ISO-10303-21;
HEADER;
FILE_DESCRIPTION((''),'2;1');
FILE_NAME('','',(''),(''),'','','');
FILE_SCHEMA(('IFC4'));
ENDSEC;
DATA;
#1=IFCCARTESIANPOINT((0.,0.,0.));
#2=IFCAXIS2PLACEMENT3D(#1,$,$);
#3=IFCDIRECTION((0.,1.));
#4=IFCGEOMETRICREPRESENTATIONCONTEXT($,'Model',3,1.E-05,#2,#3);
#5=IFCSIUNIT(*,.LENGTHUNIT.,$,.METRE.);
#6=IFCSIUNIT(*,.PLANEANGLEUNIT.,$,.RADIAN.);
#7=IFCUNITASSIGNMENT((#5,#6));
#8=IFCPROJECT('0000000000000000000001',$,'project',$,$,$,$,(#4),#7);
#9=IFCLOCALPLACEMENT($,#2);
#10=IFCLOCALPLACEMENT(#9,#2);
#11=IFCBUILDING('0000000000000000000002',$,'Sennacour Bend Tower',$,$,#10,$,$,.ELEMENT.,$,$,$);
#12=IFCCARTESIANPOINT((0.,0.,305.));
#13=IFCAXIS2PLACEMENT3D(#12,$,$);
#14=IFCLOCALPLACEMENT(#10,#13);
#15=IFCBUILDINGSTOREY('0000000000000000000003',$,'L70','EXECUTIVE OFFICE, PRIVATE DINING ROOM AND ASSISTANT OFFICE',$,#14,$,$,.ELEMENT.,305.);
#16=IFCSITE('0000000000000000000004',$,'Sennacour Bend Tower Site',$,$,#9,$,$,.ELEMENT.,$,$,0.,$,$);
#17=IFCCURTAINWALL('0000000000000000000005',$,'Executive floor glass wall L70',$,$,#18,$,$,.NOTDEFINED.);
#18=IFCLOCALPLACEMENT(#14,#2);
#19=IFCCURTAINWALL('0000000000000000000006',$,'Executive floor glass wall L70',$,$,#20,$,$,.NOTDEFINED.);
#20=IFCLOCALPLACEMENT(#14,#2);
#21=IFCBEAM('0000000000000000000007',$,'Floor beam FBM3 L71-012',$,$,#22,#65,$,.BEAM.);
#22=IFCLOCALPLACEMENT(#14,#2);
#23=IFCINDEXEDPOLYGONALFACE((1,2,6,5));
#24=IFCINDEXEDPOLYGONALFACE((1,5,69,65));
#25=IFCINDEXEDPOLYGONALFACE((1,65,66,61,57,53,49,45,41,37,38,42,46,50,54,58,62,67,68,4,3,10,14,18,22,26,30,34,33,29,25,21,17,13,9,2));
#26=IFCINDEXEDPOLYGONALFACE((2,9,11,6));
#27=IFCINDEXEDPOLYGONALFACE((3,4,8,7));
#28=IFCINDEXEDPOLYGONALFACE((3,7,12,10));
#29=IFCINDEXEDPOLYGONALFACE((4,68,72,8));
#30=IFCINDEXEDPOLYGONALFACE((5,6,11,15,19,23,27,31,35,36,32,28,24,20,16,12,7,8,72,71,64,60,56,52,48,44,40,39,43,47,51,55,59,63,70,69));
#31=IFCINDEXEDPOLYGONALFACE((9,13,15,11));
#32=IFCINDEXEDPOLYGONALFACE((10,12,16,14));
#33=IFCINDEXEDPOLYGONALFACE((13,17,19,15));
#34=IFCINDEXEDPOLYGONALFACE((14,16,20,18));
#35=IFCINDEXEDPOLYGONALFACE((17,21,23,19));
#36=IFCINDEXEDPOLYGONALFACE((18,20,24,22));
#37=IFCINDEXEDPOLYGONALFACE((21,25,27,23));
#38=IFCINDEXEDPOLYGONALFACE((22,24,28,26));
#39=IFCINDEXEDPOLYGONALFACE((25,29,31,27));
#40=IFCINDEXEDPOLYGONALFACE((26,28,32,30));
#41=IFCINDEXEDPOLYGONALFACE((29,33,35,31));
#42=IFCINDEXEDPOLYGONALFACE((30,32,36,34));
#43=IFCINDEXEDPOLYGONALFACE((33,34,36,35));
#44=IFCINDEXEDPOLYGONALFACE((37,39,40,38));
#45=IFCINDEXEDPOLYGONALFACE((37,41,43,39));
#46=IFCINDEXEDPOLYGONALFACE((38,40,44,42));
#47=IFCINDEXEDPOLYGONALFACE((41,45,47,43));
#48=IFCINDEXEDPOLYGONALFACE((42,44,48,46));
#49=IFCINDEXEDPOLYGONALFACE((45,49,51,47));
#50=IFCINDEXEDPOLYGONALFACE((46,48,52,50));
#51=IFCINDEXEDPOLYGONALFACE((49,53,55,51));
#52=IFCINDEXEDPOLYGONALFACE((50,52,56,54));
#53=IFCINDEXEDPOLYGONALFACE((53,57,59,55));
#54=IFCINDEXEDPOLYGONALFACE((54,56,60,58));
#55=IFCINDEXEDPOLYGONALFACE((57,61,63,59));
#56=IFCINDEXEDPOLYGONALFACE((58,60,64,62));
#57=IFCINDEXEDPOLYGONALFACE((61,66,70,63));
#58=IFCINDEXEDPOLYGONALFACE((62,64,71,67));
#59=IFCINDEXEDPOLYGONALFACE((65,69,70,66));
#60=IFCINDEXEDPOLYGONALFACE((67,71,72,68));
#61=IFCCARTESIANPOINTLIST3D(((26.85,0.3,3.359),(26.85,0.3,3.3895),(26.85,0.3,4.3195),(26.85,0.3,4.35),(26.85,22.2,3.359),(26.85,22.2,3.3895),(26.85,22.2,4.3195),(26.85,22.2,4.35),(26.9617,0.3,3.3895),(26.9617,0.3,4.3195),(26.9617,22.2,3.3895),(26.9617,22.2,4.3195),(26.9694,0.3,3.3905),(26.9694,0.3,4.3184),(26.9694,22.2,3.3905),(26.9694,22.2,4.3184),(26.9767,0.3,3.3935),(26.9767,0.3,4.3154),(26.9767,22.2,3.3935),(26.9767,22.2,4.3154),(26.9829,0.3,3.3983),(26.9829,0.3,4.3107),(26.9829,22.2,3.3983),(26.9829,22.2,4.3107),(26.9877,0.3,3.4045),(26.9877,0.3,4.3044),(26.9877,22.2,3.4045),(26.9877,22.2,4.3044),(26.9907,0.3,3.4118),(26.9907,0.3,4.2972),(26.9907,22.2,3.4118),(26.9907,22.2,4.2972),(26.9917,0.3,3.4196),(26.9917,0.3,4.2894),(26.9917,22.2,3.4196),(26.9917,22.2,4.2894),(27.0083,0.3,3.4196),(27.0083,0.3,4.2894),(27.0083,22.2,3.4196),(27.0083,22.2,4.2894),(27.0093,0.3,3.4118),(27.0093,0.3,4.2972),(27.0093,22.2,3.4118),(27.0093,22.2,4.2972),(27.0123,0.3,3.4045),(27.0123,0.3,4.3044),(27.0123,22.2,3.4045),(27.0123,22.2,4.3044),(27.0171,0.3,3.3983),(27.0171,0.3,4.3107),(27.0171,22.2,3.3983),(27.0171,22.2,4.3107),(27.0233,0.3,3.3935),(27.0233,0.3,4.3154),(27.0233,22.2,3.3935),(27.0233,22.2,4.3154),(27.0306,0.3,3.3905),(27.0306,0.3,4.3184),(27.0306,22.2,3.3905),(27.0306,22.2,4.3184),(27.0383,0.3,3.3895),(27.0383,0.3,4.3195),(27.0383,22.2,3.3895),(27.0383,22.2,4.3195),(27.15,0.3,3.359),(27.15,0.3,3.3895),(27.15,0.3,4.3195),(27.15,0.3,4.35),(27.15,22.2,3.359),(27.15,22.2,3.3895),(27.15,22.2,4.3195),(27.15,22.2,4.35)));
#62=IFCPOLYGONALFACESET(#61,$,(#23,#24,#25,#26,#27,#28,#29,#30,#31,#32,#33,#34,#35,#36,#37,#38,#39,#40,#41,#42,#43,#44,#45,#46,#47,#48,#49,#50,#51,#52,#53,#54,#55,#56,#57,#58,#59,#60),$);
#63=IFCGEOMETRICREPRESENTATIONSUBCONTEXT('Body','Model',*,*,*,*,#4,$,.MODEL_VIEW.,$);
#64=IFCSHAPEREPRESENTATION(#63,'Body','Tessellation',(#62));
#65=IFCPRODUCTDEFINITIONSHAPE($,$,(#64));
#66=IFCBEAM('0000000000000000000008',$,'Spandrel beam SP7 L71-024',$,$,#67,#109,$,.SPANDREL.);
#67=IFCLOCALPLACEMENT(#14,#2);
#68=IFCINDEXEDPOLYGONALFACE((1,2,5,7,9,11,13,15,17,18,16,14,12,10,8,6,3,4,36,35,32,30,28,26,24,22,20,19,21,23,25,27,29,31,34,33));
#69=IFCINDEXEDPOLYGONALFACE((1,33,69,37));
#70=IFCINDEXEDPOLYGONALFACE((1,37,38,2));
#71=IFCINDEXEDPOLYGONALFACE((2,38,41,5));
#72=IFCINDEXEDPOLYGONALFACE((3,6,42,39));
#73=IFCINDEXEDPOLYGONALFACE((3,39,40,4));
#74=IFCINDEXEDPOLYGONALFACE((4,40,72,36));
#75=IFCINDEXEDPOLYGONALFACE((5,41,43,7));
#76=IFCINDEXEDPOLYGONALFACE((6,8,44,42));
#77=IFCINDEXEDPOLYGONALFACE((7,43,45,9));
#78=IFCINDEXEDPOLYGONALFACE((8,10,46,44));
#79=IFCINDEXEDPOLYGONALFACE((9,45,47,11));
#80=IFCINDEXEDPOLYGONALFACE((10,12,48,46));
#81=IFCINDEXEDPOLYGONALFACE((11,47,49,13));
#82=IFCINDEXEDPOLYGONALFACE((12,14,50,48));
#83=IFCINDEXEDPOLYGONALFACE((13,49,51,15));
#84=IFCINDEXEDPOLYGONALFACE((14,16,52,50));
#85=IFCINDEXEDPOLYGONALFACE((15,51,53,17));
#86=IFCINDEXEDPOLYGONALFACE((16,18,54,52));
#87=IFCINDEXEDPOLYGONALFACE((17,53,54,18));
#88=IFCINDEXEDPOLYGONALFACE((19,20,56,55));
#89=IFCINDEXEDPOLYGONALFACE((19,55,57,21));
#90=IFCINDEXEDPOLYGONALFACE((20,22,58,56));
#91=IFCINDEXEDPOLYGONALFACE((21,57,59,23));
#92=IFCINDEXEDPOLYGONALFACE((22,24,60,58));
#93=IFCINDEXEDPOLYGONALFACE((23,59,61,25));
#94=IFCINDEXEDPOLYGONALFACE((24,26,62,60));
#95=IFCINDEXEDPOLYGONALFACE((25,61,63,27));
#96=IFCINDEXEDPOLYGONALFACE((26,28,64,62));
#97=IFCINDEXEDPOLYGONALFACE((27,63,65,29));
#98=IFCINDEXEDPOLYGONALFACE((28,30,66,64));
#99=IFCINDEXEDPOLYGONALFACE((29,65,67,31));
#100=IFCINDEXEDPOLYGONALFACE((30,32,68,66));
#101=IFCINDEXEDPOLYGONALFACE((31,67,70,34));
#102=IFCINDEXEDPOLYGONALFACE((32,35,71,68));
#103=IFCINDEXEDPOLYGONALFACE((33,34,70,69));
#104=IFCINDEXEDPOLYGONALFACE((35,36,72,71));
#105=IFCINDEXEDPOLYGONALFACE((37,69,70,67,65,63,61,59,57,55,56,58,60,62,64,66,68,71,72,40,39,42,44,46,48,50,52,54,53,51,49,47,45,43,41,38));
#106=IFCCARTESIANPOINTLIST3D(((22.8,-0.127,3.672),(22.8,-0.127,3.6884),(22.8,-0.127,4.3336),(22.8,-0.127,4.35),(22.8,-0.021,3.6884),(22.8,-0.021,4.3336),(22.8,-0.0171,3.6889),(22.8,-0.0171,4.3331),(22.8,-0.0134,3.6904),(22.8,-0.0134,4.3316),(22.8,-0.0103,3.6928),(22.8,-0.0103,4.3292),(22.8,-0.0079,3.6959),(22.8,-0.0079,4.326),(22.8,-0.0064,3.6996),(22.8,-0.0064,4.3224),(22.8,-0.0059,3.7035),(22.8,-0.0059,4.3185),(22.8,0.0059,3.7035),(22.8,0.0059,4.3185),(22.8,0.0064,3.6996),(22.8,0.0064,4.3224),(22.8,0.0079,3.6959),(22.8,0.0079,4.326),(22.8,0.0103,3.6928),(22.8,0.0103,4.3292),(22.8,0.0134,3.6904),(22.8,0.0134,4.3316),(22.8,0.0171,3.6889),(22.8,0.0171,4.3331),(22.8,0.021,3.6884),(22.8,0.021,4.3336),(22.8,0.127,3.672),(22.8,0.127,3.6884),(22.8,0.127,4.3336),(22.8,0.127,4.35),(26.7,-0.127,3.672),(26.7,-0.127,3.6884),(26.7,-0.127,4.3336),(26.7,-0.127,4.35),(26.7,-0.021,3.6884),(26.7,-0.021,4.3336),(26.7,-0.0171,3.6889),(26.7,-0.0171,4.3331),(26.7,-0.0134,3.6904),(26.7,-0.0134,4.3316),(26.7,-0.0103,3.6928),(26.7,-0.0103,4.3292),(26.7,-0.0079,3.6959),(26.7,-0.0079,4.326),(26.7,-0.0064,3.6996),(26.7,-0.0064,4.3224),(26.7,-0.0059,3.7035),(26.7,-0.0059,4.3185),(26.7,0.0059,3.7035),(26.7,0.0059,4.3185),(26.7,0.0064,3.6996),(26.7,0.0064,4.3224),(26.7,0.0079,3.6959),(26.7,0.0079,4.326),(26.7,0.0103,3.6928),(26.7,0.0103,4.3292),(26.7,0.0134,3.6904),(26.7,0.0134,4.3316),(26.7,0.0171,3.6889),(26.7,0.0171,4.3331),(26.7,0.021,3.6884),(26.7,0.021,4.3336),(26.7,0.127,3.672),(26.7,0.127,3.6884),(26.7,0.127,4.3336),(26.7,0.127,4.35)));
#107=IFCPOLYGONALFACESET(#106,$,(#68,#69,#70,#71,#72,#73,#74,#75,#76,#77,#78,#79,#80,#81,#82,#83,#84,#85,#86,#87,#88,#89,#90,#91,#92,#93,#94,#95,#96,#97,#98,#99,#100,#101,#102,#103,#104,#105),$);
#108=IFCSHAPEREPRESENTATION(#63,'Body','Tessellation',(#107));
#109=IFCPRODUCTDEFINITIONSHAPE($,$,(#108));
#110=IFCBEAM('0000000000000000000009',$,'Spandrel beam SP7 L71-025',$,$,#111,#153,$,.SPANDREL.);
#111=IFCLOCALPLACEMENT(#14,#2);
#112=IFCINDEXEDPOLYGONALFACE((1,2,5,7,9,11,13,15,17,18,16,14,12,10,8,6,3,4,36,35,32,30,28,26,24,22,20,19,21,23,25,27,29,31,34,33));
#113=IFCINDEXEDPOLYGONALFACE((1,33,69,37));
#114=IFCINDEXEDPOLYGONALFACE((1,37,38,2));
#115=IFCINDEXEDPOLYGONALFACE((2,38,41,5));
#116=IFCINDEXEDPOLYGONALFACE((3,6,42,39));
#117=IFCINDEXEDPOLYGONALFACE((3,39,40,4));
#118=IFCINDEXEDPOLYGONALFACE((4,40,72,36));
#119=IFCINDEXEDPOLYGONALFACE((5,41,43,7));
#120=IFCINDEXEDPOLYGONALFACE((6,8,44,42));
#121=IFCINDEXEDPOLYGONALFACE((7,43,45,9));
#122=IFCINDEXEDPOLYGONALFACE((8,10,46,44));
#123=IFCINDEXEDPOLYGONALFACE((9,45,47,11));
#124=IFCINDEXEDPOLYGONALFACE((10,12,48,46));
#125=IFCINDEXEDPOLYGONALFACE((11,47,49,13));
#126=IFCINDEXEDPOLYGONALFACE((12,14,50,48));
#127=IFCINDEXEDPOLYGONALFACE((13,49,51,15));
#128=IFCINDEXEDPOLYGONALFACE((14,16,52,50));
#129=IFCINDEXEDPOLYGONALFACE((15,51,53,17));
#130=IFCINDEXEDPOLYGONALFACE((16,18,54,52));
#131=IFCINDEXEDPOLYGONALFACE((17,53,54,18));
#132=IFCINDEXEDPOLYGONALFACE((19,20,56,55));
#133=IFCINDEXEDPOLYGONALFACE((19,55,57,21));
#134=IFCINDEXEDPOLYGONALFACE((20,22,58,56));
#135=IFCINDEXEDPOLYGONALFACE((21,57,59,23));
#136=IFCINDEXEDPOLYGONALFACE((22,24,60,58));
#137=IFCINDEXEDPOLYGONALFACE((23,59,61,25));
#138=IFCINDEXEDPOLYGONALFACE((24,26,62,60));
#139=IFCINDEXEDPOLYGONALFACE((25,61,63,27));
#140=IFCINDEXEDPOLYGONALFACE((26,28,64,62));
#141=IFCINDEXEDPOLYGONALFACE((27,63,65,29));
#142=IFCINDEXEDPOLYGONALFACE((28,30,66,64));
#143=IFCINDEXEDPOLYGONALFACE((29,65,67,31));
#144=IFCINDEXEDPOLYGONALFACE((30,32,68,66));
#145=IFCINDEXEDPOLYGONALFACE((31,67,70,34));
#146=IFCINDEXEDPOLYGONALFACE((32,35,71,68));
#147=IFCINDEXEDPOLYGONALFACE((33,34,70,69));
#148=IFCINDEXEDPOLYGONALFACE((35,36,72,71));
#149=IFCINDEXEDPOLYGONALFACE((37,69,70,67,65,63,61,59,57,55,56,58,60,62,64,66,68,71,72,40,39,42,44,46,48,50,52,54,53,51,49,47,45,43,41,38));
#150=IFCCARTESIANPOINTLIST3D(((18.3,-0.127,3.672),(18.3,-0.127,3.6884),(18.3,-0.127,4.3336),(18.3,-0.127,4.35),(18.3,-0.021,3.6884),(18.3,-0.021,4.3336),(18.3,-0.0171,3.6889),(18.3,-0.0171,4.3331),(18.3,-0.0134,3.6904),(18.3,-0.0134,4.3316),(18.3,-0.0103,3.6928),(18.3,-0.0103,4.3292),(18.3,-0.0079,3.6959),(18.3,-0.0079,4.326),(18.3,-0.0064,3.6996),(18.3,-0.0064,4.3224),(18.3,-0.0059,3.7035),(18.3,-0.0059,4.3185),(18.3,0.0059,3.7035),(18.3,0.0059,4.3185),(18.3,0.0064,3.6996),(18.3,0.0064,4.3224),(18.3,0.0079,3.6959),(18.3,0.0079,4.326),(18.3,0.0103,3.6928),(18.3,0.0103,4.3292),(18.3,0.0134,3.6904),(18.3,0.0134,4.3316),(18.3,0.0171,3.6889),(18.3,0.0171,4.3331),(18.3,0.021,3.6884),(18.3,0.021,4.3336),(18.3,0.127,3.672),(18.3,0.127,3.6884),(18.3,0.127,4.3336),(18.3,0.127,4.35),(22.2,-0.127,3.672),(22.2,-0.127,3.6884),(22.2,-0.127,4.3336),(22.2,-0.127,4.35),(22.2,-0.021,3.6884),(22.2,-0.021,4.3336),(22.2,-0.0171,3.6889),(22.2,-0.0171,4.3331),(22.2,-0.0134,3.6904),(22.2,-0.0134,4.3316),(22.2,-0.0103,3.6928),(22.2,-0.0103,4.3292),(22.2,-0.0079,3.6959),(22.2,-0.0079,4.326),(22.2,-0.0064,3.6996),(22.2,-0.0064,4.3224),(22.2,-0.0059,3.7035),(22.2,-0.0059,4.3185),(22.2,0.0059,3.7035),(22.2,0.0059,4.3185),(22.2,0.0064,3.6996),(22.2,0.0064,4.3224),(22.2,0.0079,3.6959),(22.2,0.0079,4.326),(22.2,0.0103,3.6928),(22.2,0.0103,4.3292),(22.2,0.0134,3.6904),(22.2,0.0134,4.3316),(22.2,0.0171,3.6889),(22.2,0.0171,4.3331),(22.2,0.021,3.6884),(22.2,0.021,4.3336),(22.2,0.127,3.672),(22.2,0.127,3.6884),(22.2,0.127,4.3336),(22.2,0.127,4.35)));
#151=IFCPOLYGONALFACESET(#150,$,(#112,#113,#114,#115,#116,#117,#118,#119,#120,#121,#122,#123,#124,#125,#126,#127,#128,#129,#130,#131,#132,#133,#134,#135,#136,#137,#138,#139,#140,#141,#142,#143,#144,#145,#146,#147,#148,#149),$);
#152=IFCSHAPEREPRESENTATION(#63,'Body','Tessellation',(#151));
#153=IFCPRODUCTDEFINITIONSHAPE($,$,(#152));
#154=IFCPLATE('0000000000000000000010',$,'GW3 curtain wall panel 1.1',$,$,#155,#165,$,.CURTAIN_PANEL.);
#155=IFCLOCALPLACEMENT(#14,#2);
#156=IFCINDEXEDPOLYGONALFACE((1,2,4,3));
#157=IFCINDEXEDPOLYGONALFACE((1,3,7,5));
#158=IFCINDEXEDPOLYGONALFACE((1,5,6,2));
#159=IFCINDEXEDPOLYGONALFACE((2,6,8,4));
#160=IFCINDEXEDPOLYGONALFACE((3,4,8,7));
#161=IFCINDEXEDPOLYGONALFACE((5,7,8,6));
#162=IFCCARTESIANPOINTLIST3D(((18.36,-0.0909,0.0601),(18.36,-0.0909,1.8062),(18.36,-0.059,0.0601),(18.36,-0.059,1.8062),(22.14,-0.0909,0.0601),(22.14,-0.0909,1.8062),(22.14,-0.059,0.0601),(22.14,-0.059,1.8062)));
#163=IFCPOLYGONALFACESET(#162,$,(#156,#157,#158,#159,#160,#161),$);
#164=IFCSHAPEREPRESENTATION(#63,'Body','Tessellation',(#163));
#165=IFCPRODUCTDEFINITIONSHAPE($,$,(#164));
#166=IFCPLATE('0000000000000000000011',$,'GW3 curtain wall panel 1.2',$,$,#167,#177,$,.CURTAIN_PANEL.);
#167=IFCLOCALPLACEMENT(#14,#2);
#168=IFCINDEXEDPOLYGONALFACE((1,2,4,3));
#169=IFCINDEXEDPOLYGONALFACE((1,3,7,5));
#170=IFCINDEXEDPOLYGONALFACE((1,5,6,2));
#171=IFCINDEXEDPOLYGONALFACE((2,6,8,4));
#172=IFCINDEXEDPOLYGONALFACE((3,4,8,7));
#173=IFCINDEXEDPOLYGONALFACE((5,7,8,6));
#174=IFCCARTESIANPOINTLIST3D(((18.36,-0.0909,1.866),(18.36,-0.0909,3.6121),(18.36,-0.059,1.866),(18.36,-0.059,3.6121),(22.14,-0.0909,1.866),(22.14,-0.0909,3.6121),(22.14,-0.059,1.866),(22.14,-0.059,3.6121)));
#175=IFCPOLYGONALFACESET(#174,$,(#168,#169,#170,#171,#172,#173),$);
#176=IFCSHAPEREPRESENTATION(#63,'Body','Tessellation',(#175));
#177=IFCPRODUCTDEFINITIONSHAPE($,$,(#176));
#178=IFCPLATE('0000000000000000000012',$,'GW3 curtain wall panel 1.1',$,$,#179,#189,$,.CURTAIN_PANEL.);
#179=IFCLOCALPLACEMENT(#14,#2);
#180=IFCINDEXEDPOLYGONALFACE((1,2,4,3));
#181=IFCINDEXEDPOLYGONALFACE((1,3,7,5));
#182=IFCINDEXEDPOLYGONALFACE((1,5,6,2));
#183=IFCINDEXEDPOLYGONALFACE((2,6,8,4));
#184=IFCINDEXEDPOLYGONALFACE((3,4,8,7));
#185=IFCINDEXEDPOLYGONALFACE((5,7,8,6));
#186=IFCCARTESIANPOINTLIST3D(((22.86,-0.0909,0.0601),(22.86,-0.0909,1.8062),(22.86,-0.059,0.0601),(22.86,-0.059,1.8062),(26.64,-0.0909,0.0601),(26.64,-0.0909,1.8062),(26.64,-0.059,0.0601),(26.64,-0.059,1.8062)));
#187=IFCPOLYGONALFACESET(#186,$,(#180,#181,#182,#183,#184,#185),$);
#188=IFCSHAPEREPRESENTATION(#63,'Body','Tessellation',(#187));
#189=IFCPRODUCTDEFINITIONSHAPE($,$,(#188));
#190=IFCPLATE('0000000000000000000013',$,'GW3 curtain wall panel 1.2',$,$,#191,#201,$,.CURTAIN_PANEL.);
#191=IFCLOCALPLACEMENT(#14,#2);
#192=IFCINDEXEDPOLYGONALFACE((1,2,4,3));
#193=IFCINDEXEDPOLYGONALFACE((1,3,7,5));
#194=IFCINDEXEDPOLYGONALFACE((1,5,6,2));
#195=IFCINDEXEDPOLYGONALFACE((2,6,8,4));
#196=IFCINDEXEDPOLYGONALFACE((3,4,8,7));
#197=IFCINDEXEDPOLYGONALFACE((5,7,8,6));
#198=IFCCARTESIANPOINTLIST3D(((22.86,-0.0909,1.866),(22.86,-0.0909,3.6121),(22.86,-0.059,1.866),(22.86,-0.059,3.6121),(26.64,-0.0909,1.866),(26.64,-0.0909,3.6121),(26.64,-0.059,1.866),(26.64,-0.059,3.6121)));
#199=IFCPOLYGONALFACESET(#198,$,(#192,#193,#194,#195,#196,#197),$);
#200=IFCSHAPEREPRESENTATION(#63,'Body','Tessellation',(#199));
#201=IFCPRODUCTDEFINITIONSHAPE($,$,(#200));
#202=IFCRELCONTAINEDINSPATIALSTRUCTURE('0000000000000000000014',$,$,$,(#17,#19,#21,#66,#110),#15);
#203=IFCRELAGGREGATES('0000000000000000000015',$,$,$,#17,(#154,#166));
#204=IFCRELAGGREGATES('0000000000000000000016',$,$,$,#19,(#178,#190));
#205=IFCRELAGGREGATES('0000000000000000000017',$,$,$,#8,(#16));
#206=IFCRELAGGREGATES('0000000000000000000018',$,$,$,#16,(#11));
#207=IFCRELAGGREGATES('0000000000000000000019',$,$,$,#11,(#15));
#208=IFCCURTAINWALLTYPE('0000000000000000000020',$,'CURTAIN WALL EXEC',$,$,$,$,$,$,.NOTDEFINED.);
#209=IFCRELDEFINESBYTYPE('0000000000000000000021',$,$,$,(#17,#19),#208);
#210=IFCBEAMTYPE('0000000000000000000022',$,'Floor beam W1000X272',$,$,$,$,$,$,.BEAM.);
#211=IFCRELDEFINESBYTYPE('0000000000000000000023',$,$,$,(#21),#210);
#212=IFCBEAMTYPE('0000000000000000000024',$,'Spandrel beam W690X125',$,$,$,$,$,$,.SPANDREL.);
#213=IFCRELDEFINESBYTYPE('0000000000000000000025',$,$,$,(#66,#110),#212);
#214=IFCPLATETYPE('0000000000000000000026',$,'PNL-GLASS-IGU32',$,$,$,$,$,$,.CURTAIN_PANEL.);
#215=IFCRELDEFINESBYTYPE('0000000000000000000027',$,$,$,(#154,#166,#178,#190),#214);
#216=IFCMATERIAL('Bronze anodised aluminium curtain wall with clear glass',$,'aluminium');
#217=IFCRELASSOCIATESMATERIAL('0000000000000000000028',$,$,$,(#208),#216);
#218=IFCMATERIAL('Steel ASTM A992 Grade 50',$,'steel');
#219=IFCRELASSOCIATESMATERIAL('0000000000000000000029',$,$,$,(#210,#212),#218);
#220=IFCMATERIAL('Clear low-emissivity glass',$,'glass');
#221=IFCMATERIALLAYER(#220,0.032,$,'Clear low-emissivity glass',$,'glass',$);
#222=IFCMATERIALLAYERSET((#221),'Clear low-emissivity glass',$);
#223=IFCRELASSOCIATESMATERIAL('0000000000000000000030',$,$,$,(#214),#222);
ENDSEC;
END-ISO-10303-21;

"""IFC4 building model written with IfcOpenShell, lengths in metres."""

from ifc_helpers import new_model, si_unit, direction, frame, origin, origin_2d, place, context, subcontext, project, spatial, rectangle, i_section, extrude, material, layer, layer_set, material_profile, profile_set, type_object, element, aggregate, save


model = new_model("IFC4")

# Units and contexts
model_context = context("Model", 3, precision=1e-05, world=origin(), true_north=direction((0.0, 1.0)))
body_context = subcontext(model_context, "Body", "Model", "MODEL_VIEW")
ifc_project = project(units=[si_unit("LENGTHUNIT", "METRE"), si_unit("PLANEANGLEUNIT", "RADIAN")], contexts=[model_context])

# Site, building, storey
site_placement = place(None, origin())
site = spatial("IfcSite", under=ifc_project, at=site_placement, Name="Sennacour Bend Tower Site", CompositionType="ELEMENT", RefElevation=0.0)
building_placement = place(site_placement, origin())
building = spatial("IfcBuilding", under=site, at=building_placement, Name="Sennacour Bend Tower", CompositionType="ELEMENT")
storey_placement = place(building_placement, frame((0.0, 0.0, 305.0)))
storey = spatial("IfcBuildingStorey", under=building, at=storey_placement, Name="L70", Description="EXECUTIVE OFFICE, PRIVATE DINING ROOM AND ASSISTANT OFFICE", CompositionType="ELEMENT", Elevation=305.0)

# Curtain walls
ifc_material_1 = material(Name="Bronze anodised aluminium curtain wall with clear glass", Category="aluminium")
curtain_wall_type = type_object("IfcCurtainWallType", Name="CURTAIN WALL EXEC", PredefinedType="NOTDEFINED", material=ifc_material_1)
curtain_wall_1_placement = place(storey_placement, origin())
curtain_wall_1 = element("IfcCurtainWall", 1, at=curtain_wall_1_placement, inside=storey, type_object=curtain_wall_type, Name="Executive floor glass wall L70", PredefinedType="NOTDEFINED")
curtain_wall_2_placement = place(storey_placement, origin())
curtain_wall_2 = element("IfcCurtainWall", 2, at=curtain_wall_2_placement, inside=storey, type_object=curtain_wall_type, Name="Executive floor glass wall L70", PredefinedType="NOTDEFINED")

# Beams
ifc_material_2 = material(Name="Steel ASTM A992 Grade 50", Category="steel")
ifc_material_profile_1 = material_profile(ifc_material_2, i_section(OverallWidth=0.3, OverallDepth=0.991, WebThickness=0.0166, FlangeThickness=0.0305, FilletRadius=0.03, at=origin_2d()), Name="Steel ASTM A992 Grade 50", Category="steel")
ifc_profile_set_1 = profile_set([ifc_material_profile_1], Name="Steel ASTM A992 Grade 50")
beam_type_1 = type_object("IfcBeamType", Name="Floor beam W1000X272", PredefinedType="BEAM", material=ifc_profile_set_1)
beam_1_placement = place(storey_placement, frame((27.0, 0.3, 3.8545), z_axis=(0.0, 1.0, 0.0), x_axis=(-1.0, 0.0, 0.0)))
element("IfcBeam", 3, at=beam_1_placement, inside=storey, type_object=beam_type_1, Name="Floor beam FBM3 L71-012", PredefinedType="BEAM", context=body_context, shape_type="SweptSolid", body=[
    extrude(i_section(OverallWidth=0.3, OverallDepth=0.991, WebThickness=0.0166, FlangeThickness=0.0305, FilletRadius=0.03, at=origin_2d()), origin(), (0.0, 0.0, 1.0), 21.8999),
])
ifc_material_profile_2 = material_profile(ifc_material_2, i_section(OverallWidth=0.2539, OverallDepth=0.678, WebThickness=0.0117, FlangeThickness=0.0164, FilletRadius=0.0151, at=origin_2d()), Name="Steel ASTM A992 Grade 50", Category="steel")
ifc_profile_set_2 = profile_set([ifc_material_profile_2], Name="Steel ASTM A992 Grade 50")
beam_type_2 = type_object("IfcBeamType", Name="Spandrel beam W690X125", PredefinedType="SPANDREL", material=ifc_profile_set_2)
for number, where, z_axis, x_axis, name in (
    (4, (26.7, 0.0, 4.011), (-1.0, 0.0, 0.0), (0.0, -1.0, 0.0), "Spandrel beam SP7 L71-024"),
    (5, (22.2, 0.0, 4.011), (-1.0, 0.0, 0.0), (0.0, -1.0, 0.0), "Spandrel beam SP7 L71-025"),
):
    element("IfcBeam", number, at=place(storey_placement, frame(where, z_axis=z_axis, x_axis=x_axis)), inside=storey, type_object=beam_type_2, Name=name, PredefinedType="SPANDREL", context=body_context, shape_type="SweptSolid", body=[
        extrude(i_section(OverallWidth=0.2539, OverallDepth=0.678, WebThickness=0.0117, FlangeThickness=0.0164, FilletRadius=0.0151, at=origin_2d()), origin(), (0.0, 0.0, 1.0), 3.8999),
    ])

# Plates
ifc_material_3 = material(Name="Clear low-emissivity glass", Category="glass")
ifc_layer_1 = layer(ifc_material_3, 0.032, Name="Clear low-emissivity glass", Category="glass")
ifc_layer_set_1 = layer_set([ifc_layer_1], Name="Clear low-emissivity glass")
plate_type = type_object("IfcPlateType", Name="PNL-GLASS-IGU32", PredefinedType="CURTAIN_PANEL", material=ifc_layer_set_1)
plate_1_placement = place(storey_placement, frame((20.25, -0.075, 0.0601), z_axis=(0.0, 0.0, 1.0), x_axis=(1.0, 0.0, 0.0)))
plate_1 = element("IfcPlate", 6, at=plate_1_placement, type_object=plate_type, Name="GW3 curtain wall panel 1.1", PredefinedType="CURTAIN_PANEL", context=body_context, shape_type="SweptSolid", body=[
    extrude(rectangle(XDim=3.78, YDim=0.032, at=origin_2d()), origin(), (0.0, 0.0, 1.0), 1.7461),
])
plate_2_placement = place(storey_placement, frame((20.25, -0.075, 1.866), z_axis=(0.0, 0.0, 1.0), x_axis=(1.0, 0.0, 0.0)))
plate_2 = element("IfcPlate", 7, at=plate_2_placement, type_object=plate_type, Name="GW3 curtain wall panel 1.2", PredefinedType="CURTAIN_PANEL", context=body_context, shape_type="SweptSolid", body=[
    extrude(rectangle(XDim=3.78, YDim=0.032, at=origin_2d()), origin(), (0.0, 0.0, 1.0), 1.7461),
])
aggregate(curtain_wall_1, [plate_1, plate_2])
plate_3_placement = place(storey_placement, frame((24.75, -0.075, 0.0601), z_axis=(0.0, 0.0, 1.0), x_axis=(1.0, 0.0, 0.0)))
plate_3 = element("IfcPlate", 8, at=plate_3_placement, type_object=plate_type, Name="GW3 curtain wall panel 1.1", PredefinedType="CURTAIN_PANEL", context=body_context, shape_type="SweptSolid", body=[
    extrude(rectangle(XDim=3.78, YDim=0.032, at=origin_2d()), origin(), (0.0, 0.0, 1.0), 1.7461),
])
plate_4_placement = place(storey_placement, frame((24.75, -0.075, 1.866), z_axis=(0.0, 0.0, 1.0), x_axis=(1.0, 0.0, 0.0)))
plate_4 = element("IfcPlate", 9, at=plate_4_placement, type_object=plate_type, Name="GW3 curtain wall panel 1.2", PredefinedType="CURTAIN_PANEL", context=body_context, shape_type="SweptSolid", body=[
    extrude(rectangle(XDim=3.78, YDim=0.032, at=origin_2d()), origin(), (0.0, 0.0, 1.0), 1.7461),
])
aggregate(curtain_wall_2, [plate_3, plate_4])

save(model, "model.ifc")
